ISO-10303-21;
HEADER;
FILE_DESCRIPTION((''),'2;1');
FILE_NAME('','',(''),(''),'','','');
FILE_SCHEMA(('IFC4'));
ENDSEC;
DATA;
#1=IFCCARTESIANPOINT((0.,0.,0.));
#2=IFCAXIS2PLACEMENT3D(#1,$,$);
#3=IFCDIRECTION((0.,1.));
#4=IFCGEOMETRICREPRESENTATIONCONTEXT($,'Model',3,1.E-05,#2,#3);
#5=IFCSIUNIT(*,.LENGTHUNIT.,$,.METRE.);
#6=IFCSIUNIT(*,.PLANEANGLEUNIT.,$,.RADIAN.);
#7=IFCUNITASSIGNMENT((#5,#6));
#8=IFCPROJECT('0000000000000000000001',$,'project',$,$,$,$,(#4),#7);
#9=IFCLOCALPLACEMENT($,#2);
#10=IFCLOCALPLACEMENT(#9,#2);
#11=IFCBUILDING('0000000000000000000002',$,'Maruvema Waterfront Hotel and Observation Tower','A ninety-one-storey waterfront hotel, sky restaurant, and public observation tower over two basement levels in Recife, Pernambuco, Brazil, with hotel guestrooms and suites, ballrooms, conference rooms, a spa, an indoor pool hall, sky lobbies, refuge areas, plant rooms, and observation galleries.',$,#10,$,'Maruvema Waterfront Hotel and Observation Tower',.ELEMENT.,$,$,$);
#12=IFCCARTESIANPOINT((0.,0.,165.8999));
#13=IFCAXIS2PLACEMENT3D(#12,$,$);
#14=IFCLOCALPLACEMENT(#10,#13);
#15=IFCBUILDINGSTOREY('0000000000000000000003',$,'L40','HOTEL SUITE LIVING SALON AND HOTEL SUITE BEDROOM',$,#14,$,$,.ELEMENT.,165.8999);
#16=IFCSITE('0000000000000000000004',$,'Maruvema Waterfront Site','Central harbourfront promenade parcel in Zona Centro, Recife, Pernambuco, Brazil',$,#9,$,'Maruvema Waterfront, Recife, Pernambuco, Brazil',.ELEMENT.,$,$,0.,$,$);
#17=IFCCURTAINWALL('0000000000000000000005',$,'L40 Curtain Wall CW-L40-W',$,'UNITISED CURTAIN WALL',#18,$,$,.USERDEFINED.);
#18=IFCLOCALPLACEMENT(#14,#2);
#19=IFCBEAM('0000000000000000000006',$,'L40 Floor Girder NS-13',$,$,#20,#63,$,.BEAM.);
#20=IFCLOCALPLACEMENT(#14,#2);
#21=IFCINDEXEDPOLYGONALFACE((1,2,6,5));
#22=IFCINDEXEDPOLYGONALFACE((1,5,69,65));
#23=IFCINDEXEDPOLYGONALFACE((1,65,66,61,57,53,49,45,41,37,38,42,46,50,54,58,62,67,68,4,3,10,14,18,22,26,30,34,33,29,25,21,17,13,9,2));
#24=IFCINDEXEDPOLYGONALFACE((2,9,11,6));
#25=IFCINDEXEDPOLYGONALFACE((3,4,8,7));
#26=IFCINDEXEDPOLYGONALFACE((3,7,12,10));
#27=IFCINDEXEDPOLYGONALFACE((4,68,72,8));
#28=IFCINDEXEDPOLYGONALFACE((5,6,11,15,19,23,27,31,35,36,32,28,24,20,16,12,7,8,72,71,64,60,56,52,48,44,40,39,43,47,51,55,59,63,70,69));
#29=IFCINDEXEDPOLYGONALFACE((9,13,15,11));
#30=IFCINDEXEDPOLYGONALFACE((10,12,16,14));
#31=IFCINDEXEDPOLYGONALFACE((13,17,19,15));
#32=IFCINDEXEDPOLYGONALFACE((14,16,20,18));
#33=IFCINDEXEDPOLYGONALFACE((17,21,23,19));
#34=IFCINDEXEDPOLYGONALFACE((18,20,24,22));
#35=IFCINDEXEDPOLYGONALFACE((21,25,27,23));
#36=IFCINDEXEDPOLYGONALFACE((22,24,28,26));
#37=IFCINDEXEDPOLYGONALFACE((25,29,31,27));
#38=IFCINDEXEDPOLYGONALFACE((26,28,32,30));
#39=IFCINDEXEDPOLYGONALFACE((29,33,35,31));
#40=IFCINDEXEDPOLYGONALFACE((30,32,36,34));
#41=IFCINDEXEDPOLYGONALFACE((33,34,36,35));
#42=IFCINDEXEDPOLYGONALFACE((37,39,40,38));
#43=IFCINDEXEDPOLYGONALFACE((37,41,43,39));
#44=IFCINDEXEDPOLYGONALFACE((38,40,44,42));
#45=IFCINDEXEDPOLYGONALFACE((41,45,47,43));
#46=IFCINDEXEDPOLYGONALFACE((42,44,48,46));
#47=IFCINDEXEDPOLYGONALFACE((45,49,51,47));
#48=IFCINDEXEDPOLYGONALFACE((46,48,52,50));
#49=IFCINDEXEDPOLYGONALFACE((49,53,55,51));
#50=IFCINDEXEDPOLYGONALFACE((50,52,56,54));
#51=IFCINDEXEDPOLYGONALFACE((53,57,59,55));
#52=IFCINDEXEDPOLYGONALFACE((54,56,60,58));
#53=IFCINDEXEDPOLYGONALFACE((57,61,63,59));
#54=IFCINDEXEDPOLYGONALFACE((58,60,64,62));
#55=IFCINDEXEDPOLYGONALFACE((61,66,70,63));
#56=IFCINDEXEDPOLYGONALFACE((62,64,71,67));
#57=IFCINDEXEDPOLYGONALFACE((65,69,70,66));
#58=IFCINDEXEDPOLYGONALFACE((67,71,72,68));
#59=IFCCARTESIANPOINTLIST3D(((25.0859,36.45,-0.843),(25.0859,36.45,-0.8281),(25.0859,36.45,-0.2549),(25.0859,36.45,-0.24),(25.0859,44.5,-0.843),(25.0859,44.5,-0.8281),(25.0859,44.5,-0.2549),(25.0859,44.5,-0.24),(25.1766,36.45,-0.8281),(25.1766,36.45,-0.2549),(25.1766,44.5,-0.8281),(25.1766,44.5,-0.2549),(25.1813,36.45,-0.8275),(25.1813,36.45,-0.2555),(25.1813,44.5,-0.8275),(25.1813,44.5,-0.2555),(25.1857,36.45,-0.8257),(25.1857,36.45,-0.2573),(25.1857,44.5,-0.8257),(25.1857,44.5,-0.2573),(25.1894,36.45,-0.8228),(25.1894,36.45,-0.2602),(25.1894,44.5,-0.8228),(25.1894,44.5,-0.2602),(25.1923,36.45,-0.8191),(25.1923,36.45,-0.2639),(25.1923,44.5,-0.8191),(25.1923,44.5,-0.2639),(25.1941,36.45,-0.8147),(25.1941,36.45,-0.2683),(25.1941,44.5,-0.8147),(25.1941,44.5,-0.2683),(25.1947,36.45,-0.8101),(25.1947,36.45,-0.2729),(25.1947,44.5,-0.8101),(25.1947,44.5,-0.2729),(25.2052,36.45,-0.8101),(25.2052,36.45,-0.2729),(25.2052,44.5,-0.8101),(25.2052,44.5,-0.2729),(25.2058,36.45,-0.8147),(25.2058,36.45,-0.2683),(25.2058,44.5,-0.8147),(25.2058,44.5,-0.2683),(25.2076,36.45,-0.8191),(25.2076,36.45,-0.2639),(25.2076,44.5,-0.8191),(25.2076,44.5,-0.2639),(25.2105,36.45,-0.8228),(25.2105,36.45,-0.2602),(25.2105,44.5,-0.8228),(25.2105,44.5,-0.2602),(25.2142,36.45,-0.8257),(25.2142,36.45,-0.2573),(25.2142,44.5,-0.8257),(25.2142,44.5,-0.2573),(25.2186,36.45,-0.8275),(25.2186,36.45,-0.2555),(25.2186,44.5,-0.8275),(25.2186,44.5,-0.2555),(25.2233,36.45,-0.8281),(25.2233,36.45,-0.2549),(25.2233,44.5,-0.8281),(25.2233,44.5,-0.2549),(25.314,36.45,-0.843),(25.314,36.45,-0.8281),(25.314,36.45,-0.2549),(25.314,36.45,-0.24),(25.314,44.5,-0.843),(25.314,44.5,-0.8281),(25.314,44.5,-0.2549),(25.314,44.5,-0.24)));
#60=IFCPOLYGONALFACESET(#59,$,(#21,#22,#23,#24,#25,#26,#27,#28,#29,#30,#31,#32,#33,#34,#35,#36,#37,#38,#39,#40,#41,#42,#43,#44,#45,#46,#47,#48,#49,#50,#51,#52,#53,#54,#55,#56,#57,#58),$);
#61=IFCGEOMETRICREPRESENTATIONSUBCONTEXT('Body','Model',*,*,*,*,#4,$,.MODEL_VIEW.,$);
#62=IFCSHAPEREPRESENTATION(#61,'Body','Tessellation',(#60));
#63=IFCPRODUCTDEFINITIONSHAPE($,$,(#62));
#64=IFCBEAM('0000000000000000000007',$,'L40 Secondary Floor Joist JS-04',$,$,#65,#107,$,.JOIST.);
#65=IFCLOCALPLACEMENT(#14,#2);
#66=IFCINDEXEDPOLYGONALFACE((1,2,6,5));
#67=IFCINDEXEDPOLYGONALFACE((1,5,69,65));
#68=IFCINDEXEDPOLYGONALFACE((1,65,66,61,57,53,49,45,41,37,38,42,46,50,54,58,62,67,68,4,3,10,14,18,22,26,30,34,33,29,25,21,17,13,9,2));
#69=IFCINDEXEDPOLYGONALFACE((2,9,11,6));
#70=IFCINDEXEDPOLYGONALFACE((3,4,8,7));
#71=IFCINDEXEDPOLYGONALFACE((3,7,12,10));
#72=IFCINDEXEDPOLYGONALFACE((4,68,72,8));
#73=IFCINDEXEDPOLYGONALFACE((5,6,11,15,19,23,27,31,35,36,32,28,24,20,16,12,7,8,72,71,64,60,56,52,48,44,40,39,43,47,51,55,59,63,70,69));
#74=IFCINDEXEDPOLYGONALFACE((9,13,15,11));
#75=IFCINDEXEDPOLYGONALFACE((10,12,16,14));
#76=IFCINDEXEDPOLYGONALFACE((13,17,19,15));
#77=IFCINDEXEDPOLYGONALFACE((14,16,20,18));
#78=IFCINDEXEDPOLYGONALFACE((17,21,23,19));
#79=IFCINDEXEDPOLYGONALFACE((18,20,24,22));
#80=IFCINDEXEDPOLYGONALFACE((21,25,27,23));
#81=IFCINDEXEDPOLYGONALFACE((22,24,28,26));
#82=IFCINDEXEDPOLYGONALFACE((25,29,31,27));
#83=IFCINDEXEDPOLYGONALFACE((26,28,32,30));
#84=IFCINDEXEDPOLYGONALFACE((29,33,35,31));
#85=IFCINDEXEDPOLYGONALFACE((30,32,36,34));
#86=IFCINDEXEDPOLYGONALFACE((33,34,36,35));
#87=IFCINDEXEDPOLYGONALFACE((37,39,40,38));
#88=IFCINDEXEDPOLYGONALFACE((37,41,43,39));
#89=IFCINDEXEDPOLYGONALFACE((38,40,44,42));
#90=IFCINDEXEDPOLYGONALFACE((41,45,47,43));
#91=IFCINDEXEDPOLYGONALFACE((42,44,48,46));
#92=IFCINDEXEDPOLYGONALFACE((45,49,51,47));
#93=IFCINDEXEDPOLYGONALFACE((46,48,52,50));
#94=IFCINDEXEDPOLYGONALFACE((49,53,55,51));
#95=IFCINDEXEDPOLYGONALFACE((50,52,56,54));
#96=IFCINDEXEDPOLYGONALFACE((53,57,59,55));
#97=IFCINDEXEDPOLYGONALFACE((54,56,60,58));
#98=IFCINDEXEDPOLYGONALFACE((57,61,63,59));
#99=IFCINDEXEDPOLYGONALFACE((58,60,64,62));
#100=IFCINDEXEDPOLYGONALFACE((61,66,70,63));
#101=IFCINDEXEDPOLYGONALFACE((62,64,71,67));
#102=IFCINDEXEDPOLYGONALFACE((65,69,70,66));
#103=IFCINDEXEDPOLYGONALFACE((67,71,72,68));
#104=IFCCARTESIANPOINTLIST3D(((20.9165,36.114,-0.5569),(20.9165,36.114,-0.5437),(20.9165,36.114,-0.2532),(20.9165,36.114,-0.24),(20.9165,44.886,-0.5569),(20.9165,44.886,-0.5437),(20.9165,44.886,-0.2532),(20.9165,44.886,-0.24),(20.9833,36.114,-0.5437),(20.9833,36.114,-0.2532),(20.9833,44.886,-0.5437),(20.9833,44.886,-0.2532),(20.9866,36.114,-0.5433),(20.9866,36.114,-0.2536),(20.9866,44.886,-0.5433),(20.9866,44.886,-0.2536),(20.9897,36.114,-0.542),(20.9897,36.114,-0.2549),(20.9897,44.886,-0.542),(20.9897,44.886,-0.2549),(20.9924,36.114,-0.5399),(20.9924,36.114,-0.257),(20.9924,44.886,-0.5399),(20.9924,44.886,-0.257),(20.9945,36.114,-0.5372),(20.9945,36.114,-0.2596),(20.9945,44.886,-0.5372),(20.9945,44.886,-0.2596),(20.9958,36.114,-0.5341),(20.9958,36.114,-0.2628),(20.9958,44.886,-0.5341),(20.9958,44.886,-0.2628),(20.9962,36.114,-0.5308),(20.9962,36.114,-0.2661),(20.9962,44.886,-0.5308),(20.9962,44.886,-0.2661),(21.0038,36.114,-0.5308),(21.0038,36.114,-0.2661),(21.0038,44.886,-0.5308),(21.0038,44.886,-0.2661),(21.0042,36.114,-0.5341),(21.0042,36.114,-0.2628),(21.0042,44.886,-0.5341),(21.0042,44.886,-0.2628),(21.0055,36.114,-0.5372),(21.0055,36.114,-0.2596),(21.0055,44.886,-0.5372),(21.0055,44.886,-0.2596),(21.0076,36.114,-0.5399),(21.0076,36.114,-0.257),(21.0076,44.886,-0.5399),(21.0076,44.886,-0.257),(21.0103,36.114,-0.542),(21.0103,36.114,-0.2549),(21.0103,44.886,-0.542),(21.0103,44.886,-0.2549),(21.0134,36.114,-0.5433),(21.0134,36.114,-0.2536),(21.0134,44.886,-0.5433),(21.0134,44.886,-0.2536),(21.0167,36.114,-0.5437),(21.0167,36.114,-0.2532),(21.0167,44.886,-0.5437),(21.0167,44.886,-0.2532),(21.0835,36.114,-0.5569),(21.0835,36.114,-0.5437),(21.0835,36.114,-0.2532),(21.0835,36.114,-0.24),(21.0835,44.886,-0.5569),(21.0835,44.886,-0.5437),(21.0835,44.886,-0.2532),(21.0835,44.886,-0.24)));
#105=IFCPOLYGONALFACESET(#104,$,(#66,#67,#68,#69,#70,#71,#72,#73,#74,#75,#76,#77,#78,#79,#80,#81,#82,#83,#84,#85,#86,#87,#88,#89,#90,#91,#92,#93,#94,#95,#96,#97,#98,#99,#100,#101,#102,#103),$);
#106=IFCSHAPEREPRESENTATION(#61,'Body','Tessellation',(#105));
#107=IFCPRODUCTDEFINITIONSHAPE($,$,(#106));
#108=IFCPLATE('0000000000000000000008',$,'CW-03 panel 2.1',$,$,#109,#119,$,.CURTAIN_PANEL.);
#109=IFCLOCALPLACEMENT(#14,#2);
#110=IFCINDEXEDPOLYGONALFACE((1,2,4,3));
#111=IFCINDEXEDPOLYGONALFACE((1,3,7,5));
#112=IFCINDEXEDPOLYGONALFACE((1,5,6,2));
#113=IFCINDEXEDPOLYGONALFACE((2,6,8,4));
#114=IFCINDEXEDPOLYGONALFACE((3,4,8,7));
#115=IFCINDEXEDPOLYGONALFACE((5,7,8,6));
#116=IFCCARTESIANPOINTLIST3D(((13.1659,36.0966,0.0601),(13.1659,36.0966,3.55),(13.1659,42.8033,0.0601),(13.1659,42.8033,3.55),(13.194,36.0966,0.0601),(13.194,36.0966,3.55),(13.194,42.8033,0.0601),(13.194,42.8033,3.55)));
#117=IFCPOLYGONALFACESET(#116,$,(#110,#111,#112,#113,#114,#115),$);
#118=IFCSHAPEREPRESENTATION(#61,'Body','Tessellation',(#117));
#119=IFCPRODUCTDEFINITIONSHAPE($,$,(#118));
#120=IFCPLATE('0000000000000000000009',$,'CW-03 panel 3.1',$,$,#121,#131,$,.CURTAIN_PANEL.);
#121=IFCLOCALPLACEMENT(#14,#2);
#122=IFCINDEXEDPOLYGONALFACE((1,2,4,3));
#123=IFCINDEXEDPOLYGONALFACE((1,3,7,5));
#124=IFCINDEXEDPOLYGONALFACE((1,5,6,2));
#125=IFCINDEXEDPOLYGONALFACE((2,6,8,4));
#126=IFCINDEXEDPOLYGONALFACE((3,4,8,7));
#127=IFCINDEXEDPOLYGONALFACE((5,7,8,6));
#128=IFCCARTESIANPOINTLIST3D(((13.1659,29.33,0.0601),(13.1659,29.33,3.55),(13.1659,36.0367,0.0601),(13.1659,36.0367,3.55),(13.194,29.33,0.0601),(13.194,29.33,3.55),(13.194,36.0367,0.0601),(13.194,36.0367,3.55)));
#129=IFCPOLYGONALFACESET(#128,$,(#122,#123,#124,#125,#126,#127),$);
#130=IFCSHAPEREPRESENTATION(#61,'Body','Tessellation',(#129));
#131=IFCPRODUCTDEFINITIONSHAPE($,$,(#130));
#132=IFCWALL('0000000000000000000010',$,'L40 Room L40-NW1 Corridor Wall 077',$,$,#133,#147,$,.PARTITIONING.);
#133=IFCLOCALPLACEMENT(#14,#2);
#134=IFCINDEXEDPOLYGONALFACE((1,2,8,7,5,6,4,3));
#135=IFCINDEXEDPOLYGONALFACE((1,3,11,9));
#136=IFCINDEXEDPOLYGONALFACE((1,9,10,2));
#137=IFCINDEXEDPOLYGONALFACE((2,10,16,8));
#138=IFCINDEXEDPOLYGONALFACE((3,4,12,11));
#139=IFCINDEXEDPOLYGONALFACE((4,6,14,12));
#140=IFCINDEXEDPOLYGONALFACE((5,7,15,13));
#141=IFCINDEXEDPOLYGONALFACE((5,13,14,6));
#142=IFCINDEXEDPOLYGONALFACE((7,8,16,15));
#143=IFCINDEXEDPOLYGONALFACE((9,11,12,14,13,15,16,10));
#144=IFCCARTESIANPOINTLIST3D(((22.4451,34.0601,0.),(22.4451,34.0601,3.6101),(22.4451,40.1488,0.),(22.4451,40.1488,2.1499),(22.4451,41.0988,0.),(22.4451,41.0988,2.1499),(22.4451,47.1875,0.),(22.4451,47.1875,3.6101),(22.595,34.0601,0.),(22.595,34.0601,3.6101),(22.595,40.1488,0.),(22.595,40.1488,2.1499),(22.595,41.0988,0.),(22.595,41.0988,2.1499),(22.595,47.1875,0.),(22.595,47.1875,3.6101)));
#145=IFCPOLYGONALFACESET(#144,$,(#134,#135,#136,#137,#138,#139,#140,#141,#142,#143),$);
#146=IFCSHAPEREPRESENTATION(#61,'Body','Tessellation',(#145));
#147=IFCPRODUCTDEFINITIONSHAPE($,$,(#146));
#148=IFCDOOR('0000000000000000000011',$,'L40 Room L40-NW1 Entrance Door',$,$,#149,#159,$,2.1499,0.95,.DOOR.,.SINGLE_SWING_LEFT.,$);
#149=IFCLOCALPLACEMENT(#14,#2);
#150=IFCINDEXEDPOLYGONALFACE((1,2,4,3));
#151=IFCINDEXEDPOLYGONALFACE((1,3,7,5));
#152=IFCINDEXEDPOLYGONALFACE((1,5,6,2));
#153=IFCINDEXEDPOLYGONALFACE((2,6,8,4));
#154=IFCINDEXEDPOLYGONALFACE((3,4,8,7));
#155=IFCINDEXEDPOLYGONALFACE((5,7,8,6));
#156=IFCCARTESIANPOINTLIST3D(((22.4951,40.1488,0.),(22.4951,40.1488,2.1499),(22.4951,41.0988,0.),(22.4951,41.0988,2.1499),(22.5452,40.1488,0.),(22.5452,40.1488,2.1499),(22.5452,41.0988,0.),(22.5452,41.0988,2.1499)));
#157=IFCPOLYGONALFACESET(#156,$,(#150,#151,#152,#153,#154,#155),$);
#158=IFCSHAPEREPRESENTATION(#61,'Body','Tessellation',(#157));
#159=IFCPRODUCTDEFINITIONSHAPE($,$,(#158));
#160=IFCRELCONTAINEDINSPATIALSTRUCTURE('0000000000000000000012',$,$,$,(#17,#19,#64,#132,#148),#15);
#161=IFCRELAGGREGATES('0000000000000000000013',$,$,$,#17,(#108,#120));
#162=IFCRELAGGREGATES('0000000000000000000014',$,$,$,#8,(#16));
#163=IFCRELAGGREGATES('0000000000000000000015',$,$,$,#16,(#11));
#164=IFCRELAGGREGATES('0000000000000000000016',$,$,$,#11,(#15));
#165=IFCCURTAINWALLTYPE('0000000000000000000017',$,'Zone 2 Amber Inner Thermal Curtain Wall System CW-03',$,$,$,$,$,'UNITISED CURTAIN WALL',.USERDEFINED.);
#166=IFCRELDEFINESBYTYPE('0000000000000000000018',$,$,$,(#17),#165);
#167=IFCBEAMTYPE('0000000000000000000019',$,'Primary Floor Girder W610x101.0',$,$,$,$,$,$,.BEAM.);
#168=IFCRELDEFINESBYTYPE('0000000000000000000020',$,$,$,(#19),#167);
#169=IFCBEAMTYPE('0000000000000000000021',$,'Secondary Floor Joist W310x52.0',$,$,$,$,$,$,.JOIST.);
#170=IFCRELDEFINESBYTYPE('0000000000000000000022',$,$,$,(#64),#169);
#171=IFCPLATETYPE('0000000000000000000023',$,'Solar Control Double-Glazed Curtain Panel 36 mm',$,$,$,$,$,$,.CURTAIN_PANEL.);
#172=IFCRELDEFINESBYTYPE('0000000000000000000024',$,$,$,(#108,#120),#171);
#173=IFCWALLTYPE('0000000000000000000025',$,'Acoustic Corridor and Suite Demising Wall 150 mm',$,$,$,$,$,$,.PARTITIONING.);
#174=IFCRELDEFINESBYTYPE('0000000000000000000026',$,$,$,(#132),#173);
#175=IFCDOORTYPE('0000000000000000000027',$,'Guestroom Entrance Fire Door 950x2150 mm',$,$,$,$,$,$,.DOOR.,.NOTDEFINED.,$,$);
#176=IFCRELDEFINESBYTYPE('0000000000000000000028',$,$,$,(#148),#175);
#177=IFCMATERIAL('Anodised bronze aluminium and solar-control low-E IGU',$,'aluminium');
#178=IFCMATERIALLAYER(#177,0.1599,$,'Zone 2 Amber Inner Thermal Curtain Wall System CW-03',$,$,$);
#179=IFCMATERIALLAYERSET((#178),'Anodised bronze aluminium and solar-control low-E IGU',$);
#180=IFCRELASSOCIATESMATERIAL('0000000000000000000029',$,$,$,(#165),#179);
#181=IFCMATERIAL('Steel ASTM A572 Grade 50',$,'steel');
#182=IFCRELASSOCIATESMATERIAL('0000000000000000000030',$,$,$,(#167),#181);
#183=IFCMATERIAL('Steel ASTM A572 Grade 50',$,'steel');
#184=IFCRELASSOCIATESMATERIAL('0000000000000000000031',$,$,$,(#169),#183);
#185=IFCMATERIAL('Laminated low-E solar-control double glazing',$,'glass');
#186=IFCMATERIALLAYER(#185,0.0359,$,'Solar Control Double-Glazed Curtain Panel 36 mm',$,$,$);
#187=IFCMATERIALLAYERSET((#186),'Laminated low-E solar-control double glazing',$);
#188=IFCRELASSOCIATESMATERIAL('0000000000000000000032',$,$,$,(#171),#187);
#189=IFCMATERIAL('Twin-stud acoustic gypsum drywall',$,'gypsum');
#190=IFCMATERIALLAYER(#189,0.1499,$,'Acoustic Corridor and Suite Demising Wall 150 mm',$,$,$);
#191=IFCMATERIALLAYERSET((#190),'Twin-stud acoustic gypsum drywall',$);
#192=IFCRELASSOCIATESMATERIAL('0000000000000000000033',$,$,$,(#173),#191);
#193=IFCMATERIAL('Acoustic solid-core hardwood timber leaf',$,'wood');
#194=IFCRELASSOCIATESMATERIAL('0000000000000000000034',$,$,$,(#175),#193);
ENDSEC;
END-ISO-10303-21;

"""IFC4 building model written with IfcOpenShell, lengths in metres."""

from ifc_helpers import new_model, si_unit, direction, frame, frame_2d, origin, origin_2d, place, context, subcontext, project, spatial, rectangle, i_section, extrude, material, layer, layer_set, material_profile, profile_set, type_object, element, fill, aggregate, save


model = new_model("IFC4")

# Units and contexts
model_context = context("Model", 3, precision=1e-05, world=origin(), true_north=direction((0.0, 1.0)))
body_context = subcontext(model_context, "Body", "Model", "MODEL_VIEW")
ifc_project = project(units=[si_unit("LENGTHUNIT", "METRE"), si_unit("PLANEANGLEUNIT", "RADIAN")], contexts=[model_context])

# Site, building, storey
site_placement = place(None, origin())
site = spatial("IfcSite", under=ifc_project, at=site_placement, Name="Maruvema Waterfront Site", Description="Central harbourfront promenade parcel in Zona Centro, Recife, Pernambuco, Brazil", LongName="Maruvema Waterfront, Recife, Pernambuco, Brazil", CompositionType="ELEMENT", RefElevation=0.0)
building_placement = place(site_placement, origin())
building = spatial("IfcBuilding", under=site, at=building_placement, Name="Maruvema Waterfront Hotel and Observation Tower", Description="A ninety-one-storey waterfront hotel, sky restaurant, and public observation tower over two basement levels in Recife, Pernambuco, Brazil, with hotel guestrooms and suites, ballrooms, conference rooms, a spa, an indoor pool hall, sky lobbies, refuge areas, plant rooms, and observation galleries.", LongName="Maruvema Waterfront Hotel and Observation Tower", CompositionType="ELEMENT")
storey_placement = place(building_placement, frame((0.0, 0.0, 165.8999)))
storey = spatial("IfcBuildingStorey", under=building, at=storey_placement, Name="L40", Description="HOTEL SUITE LIVING SALON AND HOTEL SUITE BEDROOM", CompositionType="ELEMENT", Elevation=165.8999)

# Curtain wall
ifc_material_1 = material(Name="Anodised bronze aluminium and solar-control low-E IGU", Category="aluminium")
ifc_layer_1 = layer(ifc_material_1, 0.1599, Name="Zone 2 Amber Inner Thermal Curtain Wall System CW-03")
ifc_layer_set_1 = layer_set([ifc_layer_1], Name="Anodised bronze aluminium and solar-control low-E IGU")
curtain_wall_type = type_object("IfcCurtainWallType", Name="Zone 2 Amber Inner Thermal Curtain Wall System CW-03", ElementType="UNITISED CURTAIN WALL", PredefinedType="USERDEFINED", material=ifc_layer_set_1)
curtain_wall_placement = place(storey_placement, origin())
curtain_wall = element("IfcCurtainWall", 1, at=curtain_wall_placement, inside=storey, type_object=curtain_wall_type, Name="L40 Curtain Wall CW-L40-W", ObjectType="UNITISED CURTAIN WALL", PredefinedType="USERDEFINED")

# Beams
ifc_material_2 = material(Name="Steel ASTM A572 Grade 50", Category="steel")
ifc_material_profile_1 = material_profile(ifc_material_2, i_section(OverallWidth=0.228, OverallDepth=0.603, WebThickness=0.0105, FlangeThickness=0.0149, FilletRadius=0.0181, at=origin_2d()), Name="W610x101.0")
ifc_profile_set_1 = profile_set([ifc_material_profile_1], Name="Steel ASTM A572 Grade 50")
beam_type_1 = type_object("IfcBeamType", Name="Primary Floor Girder W610x101.0", PredefinedType="BEAM", material=ifc_profile_set_1)
beam_1_placement = place(storey_placement, frame((25.2, 36.45, -0.5415), z_axis=(0.0, 1.0, 0.0), x_axis=(-1.0, 0.0, 0.0)))
element("IfcBeam", 2, at=beam_1_placement, inside=storey, type_object=beam_type_1, Name="L40 Floor Girder NS-13", PredefinedType="BEAM", context=body_context, shape_type="SweptSolid", body=[
    extrude(i_section(OverallWidth=0.228, OverallDepth=0.603, WebThickness=0.0105, FlangeThickness=0.0149, FilletRadius=0.0181, at=origin_2d()), origin(), (0.0, 0.0, 1.0), 8.05),
])
ifc_material_3 = material(Name="Steel ASTM A572 Grade 50", Category="steel")
ifc_material_profile_2 = material_profile(ifc_material_3, i_section(OverallWidth=0.167, OverallDepth=0.3169, WebThickness=0.0076, FlangeThickness=0.0132, FilletRadius=0.0129, at=origin_2d()), Name="W310x52.0")
ifc_profile_set_2 = profile_set([ifc_material_profile_2], Name="Steel ASTM A572 Grade 50")
beam_type_2 = type_object("IfcBeamType", Name="Secondary Floor Joist W310x52.0", PredefinedType="JOIST", material=ifc_profile_set_2)
beam_2_placement = place(storey_placement, frame((21.0, 36.114, -0.3984), z_axis=(0.0, 1.0, 0.0), x_axis=(-1.0, 0.0, 0.0)))
element("IfcBeam", 3, at=beam_2_placement, inside=storey, type_object=beam_type_2, Name="L40 Secondary Floor Joist JS-04", PredefinedType="JOIST", context=body_context, shape_type="SweptSolid", body=[
    extrude(i_section(OverallWidth=0.167, OverallDepth=0.3169, WebThickness=0.0076, FlangeThickness=0.0132, FilletRadius=0.0129, at=origin_2d()), origin(), (0.0, 0.0, 1.0), 8.772),
])

# Plates
ifc_material_4 = material(Name="Laminated low-E solar-control double glazing", Category="glass")
ifc_layer_2 = layer(ifc_material_4, 0.0359, Name="Solar Control Double-Glazed Curtain Panel 36 mm")
ifc_layer_set_2 = layer_set([ifc_layer_2], Name="Laminated low-E solar-control double glazing")
plate_type = type_object("IfcPlateType", Name="Solar Control Double-Glazed Curtain Panel 36 mm", PredefinedType="CURTAIN_PANEL", material=ifc_layer_set_2)
plate_1_placement = place(storey_placement, frame((13.1799, 39.45, 0.0601), z_axis=(0.0, 0.0, 1.0), x_axis=(0.0, -1.0, 0.0)))
plate_1 = element("IfcPlate", 4, at=plate_1_placement, type_object=plate_type, Name="CW-03 panel 2.1", PredefinedType="CURTAIN_PANEL", context=body_context, shape_type="SweptSolid", body=[
    extrude(rectangle(XDim=6.7068, YDim=0.0281, at=origin_2d()), origin(), (0.0, 0.0, 1.0), 3.49),
])
plate_2_placement = place(storey_placement, frame((13.1799, 32.6833, 0.0601), z_axis=(0.0, 0.0, 1.0), x_axis=(0.0, -1.0, 0.0)))
plate_2 = element("IfcPlate", 5, at=plate_2_placement, type_object=plate_type, Name="CW-03 panel 3.1", PredefinedType="CURTAIN_PANEL", context=body_context, shape_type="SweptSolid", body=[
    extrude(rectangle(XDim=6.7068, YDim=0.0281, at=origin_2d()), origin(), (0.0, 0.0, 1.0), 3.49),
])
aggregate(curtain_wall, [plate_1, plate_2])

# Wall, opening, door
ifc_material_5 = material(Name="Twin-stud acoustic gypsum drywall", Category="gypsum")
ifc_layer_3 = layer(ifc_material_5, 0.1499, Name="Acoustic Corridor and Suite Demising Wall 150 mm")
ifc_layer_set_3 = layer_set([ifc_layer_3], Name="Twin-stud acoustic gypsum drywall")
wall_type_1 = type_object("IfcWallType", Name="Acoustic Corridor and Suite Demising Wall 150 mm", PredefinedType="PARTITIONING", material=ifc_layer_set_3)
wall_1_placement = place(storey_placement, frame((22.52, 34.0601, 0.0), z_axis=(0.0, 0.0, 1.0), x_axis=(0.0, 1.0, 0.0)))
wall_1 = element("IfcWall", 6, at=wall_1_placement, inside=storey, type_object=wall_type_1, Name="L40 Room L40-NW1 Corridor Wall 077", PredefinedType="PARTITIONING", context=body_context, shape_type="SweptSolid", body=[
    extrude(rectangle(XDim=13.1274, YDim=0.1499, at=frame_2d((6.5637, 0.0))), origin(), (0.0, 0.0, 1.0), 3.6101),
])
opening_1_placement = place(wall_1_placement, frame((6.0886, 0.0, 0.0)))
opening_1 = element("IfcOpeningElement", 7, at=opening_1_placement, cuts=wall_1, PredefinedType="OPENING", context=body_context, shape_type="SweptSolid", body=[
    extrude(rectangle(XDim=0.95, YDim=2.1499, at=frame_2d((0.4751, 1.075))), frame((0.0, 0.085, 0.0), z_axis=(0.0, -1.0, 0.0), x_axis=(1.0, 0.0, 0.0)), (0.0, 0.0, 1.0), 0.1699),
])
ifc_material_6 = material(Name="Acoustic solid-core hardwood timber leaf", Category="wood")
door_type_1 = type_object("IfcDoorType", Name="Guestroom Entrance Fire Door 950x2150 mm", OperationType="NOTDEFINED", PredefinedType="DOOR", material=ifc_material_6)
door_1_placement = place(opening_1_placement, origin())
door_1 = element("IfcDoor", 8, at=door_1_placement, inside=storey, type_object=door_type_1, Name="L40 Room L40-NW1 Entrance Door", OperationType="SINGLE_SWING_LEFT", OverallHeight=2.1499, OverallWidth=0.95, PredefinedType="DOOR", context=body_context, shape_type="SweptSolid", body=[
    extrude(rectangle(XDim=0.95, YDim=2.1499, at=frame_2d((0.4751, 1.075))), frame((0.0, 0.0249, 0.0), z_axis=(0.0, -1.0, 0.0), x_axis=(1.0, 0.0, 0.0)), (0.0, 0.0, 1.0), 0.05),
])
fill(opening_1, door_1)

save(model, "model.ifc")
